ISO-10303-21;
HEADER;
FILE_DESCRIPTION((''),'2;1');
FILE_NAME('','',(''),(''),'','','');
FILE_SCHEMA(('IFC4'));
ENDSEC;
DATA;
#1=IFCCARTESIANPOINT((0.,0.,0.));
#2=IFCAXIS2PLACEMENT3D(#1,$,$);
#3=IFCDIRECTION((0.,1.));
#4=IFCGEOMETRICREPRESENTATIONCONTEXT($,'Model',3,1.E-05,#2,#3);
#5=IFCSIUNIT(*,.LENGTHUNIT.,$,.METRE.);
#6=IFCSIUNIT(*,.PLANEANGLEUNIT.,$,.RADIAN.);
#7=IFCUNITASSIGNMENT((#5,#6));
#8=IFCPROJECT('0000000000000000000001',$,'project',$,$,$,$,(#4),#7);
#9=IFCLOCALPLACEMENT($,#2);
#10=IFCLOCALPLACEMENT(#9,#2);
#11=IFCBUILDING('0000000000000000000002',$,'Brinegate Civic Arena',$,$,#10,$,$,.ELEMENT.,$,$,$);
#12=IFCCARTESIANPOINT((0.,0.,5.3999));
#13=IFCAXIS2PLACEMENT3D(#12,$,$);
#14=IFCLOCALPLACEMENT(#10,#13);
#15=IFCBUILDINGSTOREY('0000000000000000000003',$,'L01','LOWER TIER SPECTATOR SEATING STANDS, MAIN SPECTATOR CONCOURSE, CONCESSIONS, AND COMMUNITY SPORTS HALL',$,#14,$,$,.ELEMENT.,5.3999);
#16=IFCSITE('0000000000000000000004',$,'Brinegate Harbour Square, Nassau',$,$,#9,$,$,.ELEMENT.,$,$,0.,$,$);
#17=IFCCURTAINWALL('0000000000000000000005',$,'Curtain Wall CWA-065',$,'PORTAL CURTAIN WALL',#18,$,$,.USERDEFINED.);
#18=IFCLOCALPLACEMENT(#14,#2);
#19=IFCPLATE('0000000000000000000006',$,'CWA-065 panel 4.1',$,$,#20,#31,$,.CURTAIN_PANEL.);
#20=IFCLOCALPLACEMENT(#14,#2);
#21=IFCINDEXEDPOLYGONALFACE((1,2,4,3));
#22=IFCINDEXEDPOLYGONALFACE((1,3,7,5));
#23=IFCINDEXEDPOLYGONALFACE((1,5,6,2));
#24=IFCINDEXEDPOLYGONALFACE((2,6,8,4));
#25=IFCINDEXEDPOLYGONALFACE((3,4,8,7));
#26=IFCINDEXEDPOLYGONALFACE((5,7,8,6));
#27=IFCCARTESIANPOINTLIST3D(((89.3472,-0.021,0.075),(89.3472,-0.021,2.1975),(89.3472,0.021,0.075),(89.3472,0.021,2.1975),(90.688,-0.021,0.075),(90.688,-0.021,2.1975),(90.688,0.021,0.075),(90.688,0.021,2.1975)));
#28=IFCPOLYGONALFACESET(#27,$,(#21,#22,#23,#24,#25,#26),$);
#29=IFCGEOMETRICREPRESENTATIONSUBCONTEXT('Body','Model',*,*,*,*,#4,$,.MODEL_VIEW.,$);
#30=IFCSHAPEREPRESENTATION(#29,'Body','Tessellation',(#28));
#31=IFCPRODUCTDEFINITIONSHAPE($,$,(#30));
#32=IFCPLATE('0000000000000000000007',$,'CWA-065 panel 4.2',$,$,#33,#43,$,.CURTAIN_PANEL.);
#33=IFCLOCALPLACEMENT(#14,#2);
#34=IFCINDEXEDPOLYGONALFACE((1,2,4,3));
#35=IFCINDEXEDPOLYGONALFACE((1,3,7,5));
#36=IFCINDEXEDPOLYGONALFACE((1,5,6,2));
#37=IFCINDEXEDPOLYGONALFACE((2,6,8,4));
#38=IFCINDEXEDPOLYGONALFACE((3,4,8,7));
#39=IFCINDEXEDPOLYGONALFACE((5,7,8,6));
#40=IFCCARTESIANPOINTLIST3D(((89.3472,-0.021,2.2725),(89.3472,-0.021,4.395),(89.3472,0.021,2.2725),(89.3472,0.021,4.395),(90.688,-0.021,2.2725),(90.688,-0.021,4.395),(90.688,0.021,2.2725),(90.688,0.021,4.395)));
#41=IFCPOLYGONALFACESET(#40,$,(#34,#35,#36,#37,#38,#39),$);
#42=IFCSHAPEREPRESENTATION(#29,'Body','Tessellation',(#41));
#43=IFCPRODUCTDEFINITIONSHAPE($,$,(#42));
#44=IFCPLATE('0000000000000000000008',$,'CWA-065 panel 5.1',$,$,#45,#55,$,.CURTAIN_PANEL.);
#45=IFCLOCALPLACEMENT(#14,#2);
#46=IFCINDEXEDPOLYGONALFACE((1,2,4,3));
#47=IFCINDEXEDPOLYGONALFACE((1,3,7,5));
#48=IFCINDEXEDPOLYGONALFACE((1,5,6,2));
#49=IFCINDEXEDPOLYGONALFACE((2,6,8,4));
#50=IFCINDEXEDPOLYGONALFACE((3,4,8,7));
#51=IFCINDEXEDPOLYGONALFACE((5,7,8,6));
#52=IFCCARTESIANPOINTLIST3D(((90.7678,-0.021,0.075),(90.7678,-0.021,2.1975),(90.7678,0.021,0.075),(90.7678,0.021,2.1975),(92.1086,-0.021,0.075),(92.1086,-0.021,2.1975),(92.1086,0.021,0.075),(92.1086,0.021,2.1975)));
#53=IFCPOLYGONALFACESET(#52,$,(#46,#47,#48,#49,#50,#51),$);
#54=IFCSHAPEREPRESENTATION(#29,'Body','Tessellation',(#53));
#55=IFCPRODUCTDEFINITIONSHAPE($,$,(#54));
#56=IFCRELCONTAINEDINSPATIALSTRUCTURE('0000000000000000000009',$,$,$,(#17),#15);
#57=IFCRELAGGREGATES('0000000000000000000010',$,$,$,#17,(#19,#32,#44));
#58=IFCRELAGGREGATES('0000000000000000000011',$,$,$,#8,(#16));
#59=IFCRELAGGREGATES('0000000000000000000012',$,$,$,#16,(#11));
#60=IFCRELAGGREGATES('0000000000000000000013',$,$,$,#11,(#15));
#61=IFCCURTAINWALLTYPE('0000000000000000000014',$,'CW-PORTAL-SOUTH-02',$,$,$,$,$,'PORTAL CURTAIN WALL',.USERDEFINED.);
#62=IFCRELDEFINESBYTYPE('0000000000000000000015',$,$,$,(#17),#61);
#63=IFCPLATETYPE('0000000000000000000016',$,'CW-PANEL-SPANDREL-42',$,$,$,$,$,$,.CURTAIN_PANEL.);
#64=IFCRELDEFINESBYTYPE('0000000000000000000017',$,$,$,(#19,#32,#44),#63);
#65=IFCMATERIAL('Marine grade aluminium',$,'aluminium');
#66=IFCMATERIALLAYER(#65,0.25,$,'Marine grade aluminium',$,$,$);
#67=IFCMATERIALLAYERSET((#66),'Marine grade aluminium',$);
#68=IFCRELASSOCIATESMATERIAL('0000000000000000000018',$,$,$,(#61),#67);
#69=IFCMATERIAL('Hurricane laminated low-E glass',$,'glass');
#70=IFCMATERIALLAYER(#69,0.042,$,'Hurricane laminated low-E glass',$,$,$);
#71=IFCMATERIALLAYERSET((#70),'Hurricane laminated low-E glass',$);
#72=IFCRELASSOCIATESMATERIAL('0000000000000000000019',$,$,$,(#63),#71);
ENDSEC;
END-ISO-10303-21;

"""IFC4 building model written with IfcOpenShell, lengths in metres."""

from ifc_helpers import new_model, si_unit, direction, frame, origin, origin_2d, place, context, subcontext, project, spatial, rectangle, extrude, material, layer, layer_set, type_object, element, aggregate, save


model = new_model("IFC4")

# Units and contexts
model_context = context("Model", 3, precision=1e-05, world=origin(), true_north=direction((0.0, 1.0)))
body_context = subcontext(model_context, "Body", "Model", "MODEL_VIEW")
ifc_project = project(units=[si_unit("LENGTHUNIT", "METRE"), si_unit("PLANEANGLEUNIT", "RADIAN")], contexts=[model_context])

# Site, building, storey
site_placement = place(None, origin())
site = spatial("IfcSite", under=ifc_project, at=site_placement, Name="Brinegate Harbour Square, Nassau", CompositionType="ELEMENT", RefElevation=0.0)
building_placement = place(site_placement, origin())
building = spatial("IfcBuilding", under=site, at=building_placement, Name="Brinegate Civic Arena", CompositionType="ELEMENT")
storey_placement = place(building_placement, frame((0.0, 0.0, 5.3999)))
storey = spatial("IfcBuildingStorey", under=building, at=storey_placement, Name="L01", Description="LOWER TIER SPECTATOR SEATING STANDS, MAIN SPECTATOR CONCOURSE, CONCESSIONS, AND COMMUNITY SPORTS HALL", CompositionType="ELEMENT", Elevation=5.3999)

# Curtain wall, plates
ifc_material_1 = material(Name="Marine grade aluminium", Category="aluminium")
ifc_layer_1 = layer(ifc_material_1, 0.25, Name="Marine grade aluminium")
ifc_layer_set_1 = layer_set([ifc_layer_1], Name="Marine grade aluminium")
curtain_wall_type = type_object("IfcCurtainWallType", Name="CW-PORTAL-SOUTH-02", ElementType="PORTAL CURTAIN WALL", PredefinedType="USERDEFINED", material=ifc_layer_set_1)
curtain_wall_placement = place(storey_placement, origin())
curtain_wall = element("IfcCurtainWall", 1, at=curtain_wall_placement, inside=storey, type_object=curtain_wall_type, Name="Curtain Wall CWA-065", ObjectType="PORTAL CURTAIN WALL", PredefinedType="USERDEFINED")
ifc_material_2 = material(Name="Hurricane laminated low-E glass", Category="glass")
ifc_layer_2 = layer(ifc_material_2, 0.042, Name="Hurricane laminated low-E glass")
ifc_layer_set_2 = layer_set([ifc_layer_2], Name="Hurricane laminated low-E glass")
plate_type = type_object("IfcPlateType", Name="CW-PANEL-SPANDREL-42", PredefinedType="CURTAIN_PANEL", material=ifc_layer_set_2)
plate_1_placement = place(storey_placement, frame((90.0176, 0.0, 0.075), z_axis=(0.0, 0.0, 1.0), x_axis=(1.0, 0.0, 0.0)))
plate_1 = element("IfcPlate", 2, at=plate_1_placement, type_object=plate_type, Name="CWA-065 panel 4.1", PredefinedType="CURTAIN_PANEL", context=body_context, shape_type="SweptSolid", body=[
    extrude(rectangle(XDim=1.3408, YDim=0.042, at=origin_2d()), origin(), (0.0, 0.0, 1.0), 2.1226),
])
plate_2_placement = place(storey_placement, frame((90.0176, 0.0, 2.2725), z_axis=(0.0, 0.0, 1.0), x_axis=(1.0, 0.0, 0.0)))
plate_2 = element("IfcPlate", 3, at=plate_2_placement, type_object=plate_type, Name="CWA-065 panel 4.2", PredefinedType="CURTAIN_PANEL", context=body_context, shape_type="SweptSolid", body=[
    extrude(rectangle(XDim=1.3408, YDim=0.042, at=origin_2d()), origin(), (0.0, 0.0, 1.0), 2.1226),
])
plate_3_placement = place(storey_placement, frame((91.4382, 0.0, 0.075), z_axis=(0.0, 0.0, 1.0), x_axis=(1.0, 0.0, 0.0)))
plate_3 = element("IfcPlate", 4, at=plate_3_placement, type_object=plate_type, Name="CWA-065 panel 5.1", PredefinedType="CURTAIN_PANEL", context=body_context, shape_type="SweptSolid", body=[
    extrude(rectangle(XDim=1.3408, YDim=0.042, at=origin_2d()), origin(), (0.0, 0.0, 1.0), 2.1226),
])
aggregate(curtain_wall, [plate_1, plate_2, plate_3])

save(model, "model.ifc")
